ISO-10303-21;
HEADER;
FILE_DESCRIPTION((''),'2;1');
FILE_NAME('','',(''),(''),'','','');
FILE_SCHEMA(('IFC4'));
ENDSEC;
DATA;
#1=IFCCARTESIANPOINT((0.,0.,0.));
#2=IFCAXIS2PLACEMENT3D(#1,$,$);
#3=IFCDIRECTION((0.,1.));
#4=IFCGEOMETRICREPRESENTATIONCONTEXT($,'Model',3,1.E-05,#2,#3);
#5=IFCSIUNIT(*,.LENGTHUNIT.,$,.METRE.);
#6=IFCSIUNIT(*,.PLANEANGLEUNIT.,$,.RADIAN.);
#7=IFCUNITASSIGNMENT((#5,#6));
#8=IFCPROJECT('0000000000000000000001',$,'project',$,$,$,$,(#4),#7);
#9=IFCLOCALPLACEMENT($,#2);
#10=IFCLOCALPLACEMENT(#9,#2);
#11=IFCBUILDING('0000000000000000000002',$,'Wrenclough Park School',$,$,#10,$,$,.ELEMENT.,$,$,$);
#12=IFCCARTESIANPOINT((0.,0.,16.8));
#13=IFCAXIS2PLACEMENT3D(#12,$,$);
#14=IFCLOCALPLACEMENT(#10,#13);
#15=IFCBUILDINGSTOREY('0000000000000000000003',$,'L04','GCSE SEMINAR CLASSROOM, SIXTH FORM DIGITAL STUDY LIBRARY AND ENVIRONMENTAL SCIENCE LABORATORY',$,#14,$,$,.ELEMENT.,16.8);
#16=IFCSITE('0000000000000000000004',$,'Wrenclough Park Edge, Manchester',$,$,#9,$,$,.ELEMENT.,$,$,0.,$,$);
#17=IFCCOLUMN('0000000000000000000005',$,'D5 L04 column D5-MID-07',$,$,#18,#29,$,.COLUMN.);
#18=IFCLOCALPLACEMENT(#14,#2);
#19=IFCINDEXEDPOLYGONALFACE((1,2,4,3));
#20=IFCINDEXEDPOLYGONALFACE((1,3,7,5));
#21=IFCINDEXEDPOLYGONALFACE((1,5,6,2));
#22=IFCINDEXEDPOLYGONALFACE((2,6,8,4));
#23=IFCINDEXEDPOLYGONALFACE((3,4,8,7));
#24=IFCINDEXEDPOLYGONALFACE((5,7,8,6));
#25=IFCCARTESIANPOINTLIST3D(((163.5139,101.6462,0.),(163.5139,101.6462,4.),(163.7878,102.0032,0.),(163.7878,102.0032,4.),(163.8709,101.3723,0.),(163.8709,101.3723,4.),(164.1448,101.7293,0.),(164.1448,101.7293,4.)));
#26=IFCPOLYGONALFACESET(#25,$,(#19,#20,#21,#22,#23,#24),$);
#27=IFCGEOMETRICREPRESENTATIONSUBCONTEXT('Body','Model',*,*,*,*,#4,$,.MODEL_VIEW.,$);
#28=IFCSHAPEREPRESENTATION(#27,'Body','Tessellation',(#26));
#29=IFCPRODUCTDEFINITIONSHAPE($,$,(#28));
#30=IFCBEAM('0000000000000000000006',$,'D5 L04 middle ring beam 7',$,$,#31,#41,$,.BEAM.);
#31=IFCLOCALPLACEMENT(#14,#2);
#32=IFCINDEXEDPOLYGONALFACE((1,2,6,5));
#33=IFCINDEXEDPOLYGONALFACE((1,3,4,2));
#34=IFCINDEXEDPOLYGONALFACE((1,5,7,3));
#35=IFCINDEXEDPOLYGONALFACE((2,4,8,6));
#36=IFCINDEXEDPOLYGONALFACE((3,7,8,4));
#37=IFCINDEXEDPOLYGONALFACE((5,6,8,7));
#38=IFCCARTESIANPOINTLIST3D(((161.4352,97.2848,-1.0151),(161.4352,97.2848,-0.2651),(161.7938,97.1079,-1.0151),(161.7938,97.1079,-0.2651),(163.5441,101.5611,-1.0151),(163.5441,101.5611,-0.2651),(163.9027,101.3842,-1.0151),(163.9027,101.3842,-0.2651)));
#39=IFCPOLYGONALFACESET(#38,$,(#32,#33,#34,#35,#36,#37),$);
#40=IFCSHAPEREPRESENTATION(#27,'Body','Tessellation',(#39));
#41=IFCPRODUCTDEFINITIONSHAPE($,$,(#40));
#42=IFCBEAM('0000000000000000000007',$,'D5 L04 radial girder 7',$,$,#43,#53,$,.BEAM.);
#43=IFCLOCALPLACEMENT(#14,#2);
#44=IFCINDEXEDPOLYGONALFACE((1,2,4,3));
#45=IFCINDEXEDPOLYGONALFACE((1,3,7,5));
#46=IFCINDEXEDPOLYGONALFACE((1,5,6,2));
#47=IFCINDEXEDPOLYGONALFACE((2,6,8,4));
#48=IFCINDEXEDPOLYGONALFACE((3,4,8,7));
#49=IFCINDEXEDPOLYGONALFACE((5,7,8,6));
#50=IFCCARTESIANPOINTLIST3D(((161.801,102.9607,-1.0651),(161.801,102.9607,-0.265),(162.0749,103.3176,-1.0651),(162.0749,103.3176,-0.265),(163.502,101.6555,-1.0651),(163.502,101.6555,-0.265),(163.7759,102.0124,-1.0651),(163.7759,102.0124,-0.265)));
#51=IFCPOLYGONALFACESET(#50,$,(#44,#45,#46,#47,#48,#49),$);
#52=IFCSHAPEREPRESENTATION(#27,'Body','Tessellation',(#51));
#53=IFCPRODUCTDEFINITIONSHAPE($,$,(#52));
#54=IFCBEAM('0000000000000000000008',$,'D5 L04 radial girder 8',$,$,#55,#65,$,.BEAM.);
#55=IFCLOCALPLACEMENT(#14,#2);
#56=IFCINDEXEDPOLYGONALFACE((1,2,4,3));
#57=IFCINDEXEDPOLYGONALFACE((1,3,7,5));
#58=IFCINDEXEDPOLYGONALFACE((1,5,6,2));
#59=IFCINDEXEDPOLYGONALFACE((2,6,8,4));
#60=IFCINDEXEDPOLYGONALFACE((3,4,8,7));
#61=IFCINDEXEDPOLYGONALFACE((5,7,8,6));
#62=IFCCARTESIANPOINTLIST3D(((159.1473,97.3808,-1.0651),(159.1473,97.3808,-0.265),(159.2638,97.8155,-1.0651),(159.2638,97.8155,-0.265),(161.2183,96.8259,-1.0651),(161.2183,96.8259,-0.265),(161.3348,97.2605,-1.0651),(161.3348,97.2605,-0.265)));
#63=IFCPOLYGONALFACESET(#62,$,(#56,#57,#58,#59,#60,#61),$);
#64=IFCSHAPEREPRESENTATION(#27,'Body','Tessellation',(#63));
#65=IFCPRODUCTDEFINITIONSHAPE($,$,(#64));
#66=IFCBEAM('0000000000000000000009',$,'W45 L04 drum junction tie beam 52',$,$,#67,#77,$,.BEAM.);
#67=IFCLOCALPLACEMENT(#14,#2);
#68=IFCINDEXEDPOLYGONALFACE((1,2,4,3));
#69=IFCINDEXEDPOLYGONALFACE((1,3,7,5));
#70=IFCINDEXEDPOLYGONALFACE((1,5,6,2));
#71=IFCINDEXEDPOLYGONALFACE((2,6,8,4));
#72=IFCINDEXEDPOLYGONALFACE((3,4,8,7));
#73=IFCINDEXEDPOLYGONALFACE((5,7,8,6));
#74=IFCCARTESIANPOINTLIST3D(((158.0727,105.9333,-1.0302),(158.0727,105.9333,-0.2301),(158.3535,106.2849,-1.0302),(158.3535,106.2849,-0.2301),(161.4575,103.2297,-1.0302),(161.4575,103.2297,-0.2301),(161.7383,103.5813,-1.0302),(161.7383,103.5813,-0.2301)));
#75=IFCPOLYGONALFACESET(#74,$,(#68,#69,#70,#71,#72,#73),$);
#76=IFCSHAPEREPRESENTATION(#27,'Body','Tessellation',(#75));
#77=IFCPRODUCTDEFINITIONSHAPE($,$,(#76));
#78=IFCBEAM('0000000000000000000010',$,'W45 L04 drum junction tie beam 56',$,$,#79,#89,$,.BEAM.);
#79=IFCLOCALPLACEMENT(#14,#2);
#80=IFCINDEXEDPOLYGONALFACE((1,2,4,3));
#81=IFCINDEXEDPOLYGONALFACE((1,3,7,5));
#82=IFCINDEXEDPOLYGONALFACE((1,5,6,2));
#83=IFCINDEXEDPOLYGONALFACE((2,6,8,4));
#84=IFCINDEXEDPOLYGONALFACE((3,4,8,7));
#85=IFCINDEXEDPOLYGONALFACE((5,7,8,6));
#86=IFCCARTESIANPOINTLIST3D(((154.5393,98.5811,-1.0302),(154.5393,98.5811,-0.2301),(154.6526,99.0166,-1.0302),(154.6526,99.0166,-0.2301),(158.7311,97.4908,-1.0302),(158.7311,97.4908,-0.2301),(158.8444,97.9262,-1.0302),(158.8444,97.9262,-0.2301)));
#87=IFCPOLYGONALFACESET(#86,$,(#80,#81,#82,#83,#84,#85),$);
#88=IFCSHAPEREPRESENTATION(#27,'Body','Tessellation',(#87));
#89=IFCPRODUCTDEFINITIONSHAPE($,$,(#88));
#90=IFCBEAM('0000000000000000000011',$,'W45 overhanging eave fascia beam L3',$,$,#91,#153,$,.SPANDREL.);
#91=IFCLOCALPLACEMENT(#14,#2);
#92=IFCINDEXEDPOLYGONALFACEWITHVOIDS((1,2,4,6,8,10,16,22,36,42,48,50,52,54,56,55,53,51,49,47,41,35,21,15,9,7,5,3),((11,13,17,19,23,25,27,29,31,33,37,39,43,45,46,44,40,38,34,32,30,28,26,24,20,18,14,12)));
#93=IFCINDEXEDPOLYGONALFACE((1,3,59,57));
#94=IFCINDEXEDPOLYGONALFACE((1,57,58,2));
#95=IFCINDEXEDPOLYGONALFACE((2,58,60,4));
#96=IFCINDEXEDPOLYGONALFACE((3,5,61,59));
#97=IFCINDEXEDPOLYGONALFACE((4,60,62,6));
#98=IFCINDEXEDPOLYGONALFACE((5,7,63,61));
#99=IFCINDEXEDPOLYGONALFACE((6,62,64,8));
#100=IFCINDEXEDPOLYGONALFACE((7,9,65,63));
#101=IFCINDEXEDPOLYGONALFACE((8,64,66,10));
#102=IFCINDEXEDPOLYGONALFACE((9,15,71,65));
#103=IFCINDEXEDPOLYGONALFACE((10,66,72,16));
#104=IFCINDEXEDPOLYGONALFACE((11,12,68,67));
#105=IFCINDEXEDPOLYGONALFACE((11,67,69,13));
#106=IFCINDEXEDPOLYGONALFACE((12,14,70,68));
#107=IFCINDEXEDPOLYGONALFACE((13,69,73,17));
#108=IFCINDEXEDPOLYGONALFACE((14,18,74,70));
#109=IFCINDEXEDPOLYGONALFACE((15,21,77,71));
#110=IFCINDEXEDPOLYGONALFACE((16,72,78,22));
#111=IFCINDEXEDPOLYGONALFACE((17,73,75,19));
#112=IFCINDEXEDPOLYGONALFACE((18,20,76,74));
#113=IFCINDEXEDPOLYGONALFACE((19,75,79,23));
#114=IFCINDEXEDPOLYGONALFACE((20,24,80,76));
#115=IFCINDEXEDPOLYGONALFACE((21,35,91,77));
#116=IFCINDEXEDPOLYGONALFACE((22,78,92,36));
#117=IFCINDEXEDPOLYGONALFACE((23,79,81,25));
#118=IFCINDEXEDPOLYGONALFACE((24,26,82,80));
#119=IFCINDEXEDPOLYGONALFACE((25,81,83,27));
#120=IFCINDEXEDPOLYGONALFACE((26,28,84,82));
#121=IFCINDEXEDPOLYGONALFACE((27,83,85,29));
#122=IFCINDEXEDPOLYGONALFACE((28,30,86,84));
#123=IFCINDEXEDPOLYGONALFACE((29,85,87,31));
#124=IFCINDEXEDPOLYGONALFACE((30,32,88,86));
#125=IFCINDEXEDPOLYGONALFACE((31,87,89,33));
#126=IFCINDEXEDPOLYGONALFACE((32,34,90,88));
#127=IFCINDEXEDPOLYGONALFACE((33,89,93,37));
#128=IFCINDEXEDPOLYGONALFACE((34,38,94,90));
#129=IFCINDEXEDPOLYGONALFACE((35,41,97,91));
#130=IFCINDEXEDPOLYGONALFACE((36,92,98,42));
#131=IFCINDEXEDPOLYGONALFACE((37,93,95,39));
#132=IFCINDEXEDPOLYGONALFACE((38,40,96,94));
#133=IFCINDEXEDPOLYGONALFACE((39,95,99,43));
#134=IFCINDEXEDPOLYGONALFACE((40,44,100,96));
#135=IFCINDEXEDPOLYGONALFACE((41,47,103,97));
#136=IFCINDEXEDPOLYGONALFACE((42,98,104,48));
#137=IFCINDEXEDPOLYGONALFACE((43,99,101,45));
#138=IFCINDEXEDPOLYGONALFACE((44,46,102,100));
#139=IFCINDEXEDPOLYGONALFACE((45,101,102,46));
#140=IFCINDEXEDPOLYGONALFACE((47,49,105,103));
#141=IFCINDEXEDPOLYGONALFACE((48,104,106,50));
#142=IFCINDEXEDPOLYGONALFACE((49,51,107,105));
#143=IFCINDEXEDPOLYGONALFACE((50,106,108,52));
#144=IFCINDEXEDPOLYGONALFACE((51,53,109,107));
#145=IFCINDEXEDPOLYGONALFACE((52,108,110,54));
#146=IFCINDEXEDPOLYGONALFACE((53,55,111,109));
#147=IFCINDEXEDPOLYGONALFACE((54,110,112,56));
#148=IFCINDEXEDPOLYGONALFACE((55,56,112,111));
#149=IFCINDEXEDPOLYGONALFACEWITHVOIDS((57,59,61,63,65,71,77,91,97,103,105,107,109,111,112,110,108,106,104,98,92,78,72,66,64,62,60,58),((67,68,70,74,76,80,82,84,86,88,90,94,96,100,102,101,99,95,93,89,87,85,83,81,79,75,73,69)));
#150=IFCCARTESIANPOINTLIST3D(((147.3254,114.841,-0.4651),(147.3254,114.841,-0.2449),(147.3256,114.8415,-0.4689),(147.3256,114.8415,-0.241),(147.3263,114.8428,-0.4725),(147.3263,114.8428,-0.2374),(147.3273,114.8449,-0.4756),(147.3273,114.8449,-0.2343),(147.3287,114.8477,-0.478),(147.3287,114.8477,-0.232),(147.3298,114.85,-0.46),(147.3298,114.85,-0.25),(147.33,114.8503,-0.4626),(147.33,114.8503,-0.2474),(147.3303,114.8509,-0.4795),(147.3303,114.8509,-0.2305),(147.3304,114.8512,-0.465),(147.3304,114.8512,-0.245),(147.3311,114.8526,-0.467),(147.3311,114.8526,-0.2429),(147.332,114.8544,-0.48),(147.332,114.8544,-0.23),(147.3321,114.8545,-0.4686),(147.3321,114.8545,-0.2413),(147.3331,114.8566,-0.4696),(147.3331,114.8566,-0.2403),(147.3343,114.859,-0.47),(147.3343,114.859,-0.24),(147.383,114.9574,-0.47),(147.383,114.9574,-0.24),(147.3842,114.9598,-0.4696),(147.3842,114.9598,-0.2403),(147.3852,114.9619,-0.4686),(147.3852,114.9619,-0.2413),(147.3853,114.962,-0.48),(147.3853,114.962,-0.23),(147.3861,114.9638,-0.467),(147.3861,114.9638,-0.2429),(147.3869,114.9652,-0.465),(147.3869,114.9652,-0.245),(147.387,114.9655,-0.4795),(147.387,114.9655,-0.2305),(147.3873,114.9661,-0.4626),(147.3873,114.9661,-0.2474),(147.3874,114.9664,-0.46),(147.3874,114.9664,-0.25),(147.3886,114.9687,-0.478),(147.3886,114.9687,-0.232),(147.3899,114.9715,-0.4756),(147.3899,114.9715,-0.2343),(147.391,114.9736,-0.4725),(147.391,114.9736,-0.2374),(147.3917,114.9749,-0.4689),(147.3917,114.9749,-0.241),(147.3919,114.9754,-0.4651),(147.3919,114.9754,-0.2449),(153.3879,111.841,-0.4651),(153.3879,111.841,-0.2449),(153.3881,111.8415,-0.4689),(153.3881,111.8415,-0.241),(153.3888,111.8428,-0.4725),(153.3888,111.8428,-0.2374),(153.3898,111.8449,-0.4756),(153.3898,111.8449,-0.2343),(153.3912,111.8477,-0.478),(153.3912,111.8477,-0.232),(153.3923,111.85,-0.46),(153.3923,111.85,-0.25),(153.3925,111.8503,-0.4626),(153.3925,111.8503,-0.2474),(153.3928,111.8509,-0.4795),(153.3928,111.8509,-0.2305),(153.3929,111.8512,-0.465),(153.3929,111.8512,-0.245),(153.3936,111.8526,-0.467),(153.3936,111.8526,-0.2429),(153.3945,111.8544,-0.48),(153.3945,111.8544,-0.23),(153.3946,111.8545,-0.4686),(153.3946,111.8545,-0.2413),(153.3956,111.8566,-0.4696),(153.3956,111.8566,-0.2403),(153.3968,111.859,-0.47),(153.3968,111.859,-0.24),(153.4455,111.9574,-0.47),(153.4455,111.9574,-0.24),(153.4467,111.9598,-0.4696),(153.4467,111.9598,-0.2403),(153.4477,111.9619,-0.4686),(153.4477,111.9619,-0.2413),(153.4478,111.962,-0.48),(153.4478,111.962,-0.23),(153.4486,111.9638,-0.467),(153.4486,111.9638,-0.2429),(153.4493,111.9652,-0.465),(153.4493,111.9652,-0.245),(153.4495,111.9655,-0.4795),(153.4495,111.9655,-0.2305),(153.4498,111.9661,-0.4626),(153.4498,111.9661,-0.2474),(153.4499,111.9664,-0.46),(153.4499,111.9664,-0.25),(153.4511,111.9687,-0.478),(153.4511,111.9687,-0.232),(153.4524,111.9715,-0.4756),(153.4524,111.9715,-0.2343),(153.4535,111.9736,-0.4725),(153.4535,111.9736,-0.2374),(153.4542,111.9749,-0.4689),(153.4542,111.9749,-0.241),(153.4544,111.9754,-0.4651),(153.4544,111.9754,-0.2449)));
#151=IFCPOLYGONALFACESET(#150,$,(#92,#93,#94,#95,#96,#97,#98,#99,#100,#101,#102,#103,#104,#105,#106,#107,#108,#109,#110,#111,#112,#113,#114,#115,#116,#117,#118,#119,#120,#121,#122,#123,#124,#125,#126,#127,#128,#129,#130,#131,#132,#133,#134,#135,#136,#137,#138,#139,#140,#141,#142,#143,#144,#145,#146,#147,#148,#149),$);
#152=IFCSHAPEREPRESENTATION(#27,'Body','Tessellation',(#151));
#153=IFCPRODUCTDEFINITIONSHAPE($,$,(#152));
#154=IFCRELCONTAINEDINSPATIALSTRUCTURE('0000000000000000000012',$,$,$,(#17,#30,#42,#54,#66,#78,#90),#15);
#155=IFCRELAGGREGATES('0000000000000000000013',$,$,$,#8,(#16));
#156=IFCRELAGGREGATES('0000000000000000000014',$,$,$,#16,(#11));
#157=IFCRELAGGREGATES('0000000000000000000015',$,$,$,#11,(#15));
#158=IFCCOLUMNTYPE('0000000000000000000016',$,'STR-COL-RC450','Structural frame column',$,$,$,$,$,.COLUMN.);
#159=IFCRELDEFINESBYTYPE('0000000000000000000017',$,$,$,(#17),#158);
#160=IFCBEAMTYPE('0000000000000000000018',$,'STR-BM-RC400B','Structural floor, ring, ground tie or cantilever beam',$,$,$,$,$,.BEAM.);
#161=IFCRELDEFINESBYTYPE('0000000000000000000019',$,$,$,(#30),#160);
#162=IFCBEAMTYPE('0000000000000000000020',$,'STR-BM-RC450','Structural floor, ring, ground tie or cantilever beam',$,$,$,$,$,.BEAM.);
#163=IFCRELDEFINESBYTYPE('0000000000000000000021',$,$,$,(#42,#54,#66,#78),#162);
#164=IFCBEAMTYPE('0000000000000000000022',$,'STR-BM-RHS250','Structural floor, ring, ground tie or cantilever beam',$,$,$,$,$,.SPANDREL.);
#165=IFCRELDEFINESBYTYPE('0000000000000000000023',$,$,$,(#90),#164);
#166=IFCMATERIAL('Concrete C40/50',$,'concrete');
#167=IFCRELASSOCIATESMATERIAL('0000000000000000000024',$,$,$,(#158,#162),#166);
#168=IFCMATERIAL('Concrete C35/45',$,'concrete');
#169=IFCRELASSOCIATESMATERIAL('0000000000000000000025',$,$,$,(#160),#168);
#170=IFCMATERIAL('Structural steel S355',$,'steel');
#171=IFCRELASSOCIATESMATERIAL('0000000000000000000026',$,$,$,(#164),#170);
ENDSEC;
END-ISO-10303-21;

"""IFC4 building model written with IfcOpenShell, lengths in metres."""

from ifc_helpers import new_model, si_unit, direction, frame, origin, origin_2d, place, context, subcontext, project, spatial, rectangle, hollow_rectangle, extrude, material, material_profile, profile_set, type_object, element, save


model = new_model("IFC4")

# Units and contexts
model_context = context("Model", 3, precision=1e-05, world=origin(), true_north=direction((0.0, 1.0)))
body_context = subcontext(model_context, "Body", "Model", "MODEL_VIEW")
ifc_project = project(units=[si_unit("LENGTHUNIT", "METRE"), si_unit("PLANEANGLEUNIT", "RADIAN")], contexts=[model_context])

# Site, building, storey
site_placement = place(None, origin())
site = spatial("IfcSite", under=ifc_project, at=site_placement, Name="Wrenclough Park Edge, Manchester", CompositionType="ELEMENT", RefElevation=0.0)
building_placement = place(site_placement, origin())
building = spatial("IfcBuilding", under=site, at=building_placement, Name="Wrenclough Park School", CompositionType="ELEMENT")
storey_placement = place(building_placement, frame((0.0, 0.0, 16.8)))
storey = spatial("IfcBuildingStorey", under=building, at=storey_placement, Name="L04", Description="GCSE SEMINAR CLASSROOM, SIXTH FORM DIGITAL STUDY LIBRARY AND ENVIRONMENTAL SCIENCE LABORATORY", CompositionType="ELEMENT", Elevation=16.8)

# Column
ifc_material_1 = material(Name="Concrete C40/50", Category="concrete")
ifc_material_profile_1 = material_profile(ifc_material_1, rectangle(XDim=0.45, YDim=0.45, at=origin_2d()), Name="RC COL 450x450")
ifc_profile_set_1 = profile_set([ifc_material_profile_1], Name="Concrete C40/50")
column_type = type_object("IfcColumnType", Name="STR-COL-RC450", Description="Structural frame column", PredefinedType="COLUMN", material=ifc_profile_set_1)
column_placement = place(storey_placement, frame((163.8293, 101.6877, 0.0), z_axis=(0.0, 0.0, 1.0), x_axis=(-0.608761, -0.793353, 0.0)))
element("IfcColumn", 1, at=column_placement, inside=storey, type_object=column_type, Name="D5 L04 column D5-MID-07", PredefinedType="COLUMN", context=body_context, shape_type="SweptSolid", body=[
    extrude(rectangle(XDim=0.45, YDim=0.45, at=origin_2d()), origin(), (0.0, 0.0, 1.0), 4.0),
])

# Beams
ifc_material_2 = material(Name="Concrete C35/45", Category="concrete")
ifc_material_profile_2 = material_profile(ifc_material_2, rectangle(XDim=0.3999, YDim=0.75, at=origin_2d()), Name="RC BEAM 400x750")
ifc_profile_set_2 = profile_set([ifc_material_profile_2], Name="Concrete C35/45")
beam_type_1 = type_object("IfcBeamType", Name="STR-BM-RC400B", Description="Structural floor, ring, ground tie or cantilever beam", PredefinedType="BEAM", material=ifc_profile_set_2)
beam_1_placement = place(storey_placement, frame((163.7234, 101.4727, -0.6401), z_axis=(-0.442291, -0.896871, 0.0), x_axis=(0.896871, -0.442291, 0.0)))
element("IfcBeam", 2, at=beam_1_placement, inside=storey, type_object=beam_type_1, Name="D5 L04 middle ring beam 7", PredefinedType="BEAM", context=body_context, shape_type="SweptSolid", body=[
    extrude(rectangle(XDim=0.3999, YDim=0.75, at=origin_2d()), origin(), (0.0, 0.0, 1.0), 4.7681),
])
ifc_material_profile_3 = material_profile(ifc_material_1, rectangle(XDim=0.45, YDim=0.8, at=origin_2d()), Name="RC BEAM 450x800")
ifc_profile_set_3 = profile_set([ifc_material_profile_3], Name="Concrete C40/50")
beam_type_2 = type_object("IfcBeamType", Name="STR-BM-RC450", Description="Structural floor, ring, ground tie or cantilever beam", PredefinedType="BEAM", material=ifc_profile_set_3)
for number, where, z_axis, x_axis, name in (
    (3, (161.938, 103.1392, -0.665), (0.793352, -0.608764, 0.0), (0.608764, 0.793352, 0.0), "D5 L04 radial girder 7"),
    (4, (159.2056, 97.5981, -0.665), (0.965926, -0.258818, 0.0), (0.258818, 0.965926, 0.0), "D5 L04 radial girder 8"),
):
    element("IfcBeam", number, at=place(storey_placement, frame(where, z_axis=z_axis, x_axis=x_axis)), inside=storey, type_object=beam_type_2, Name=name, PredefinedType="BEAM", context=body_context, shape_type="SweptSolid", body=[
        extrude(rectangle(XDim=0.45, YDim=0.8, at=origin_2d()), origin(), (0.0, 0.0, 1.0), 2.144),
    ])
beam_2_placement = place(storey_placement, frame((158.2131, 106.1091, -0.6301), z_axis=(0.781341, -0.624104, 0.0), x_axis=(0.624104, 0.781341, 0.0)))
element("IfcBeam", 5, at=beam_2_placement, inside=storey, type_object=beam_type_2, Name="W45 L04 drum junction tie beam 52", PredefinedType="BEAM", context=body_context, shape_type="SweptSolid", body=[
    extrude(rectangle(XDim=0.45, YDim=0.8, at=origin_2d()), origin(), (0.0, 0.0, 1.0), 4.332),
])
beam_3_placement = place(storey_placement, frame((154.5959, 98.7988, -0.6301), z_axis=(0.967798, -0.251729, 0.0), x_axis=(0.251729, 0.967798, 0.0)))
element("IfcBeam", 6, at=beam_3_placement, inside=storey, type_object=beam_type_2, Name="W45 L04 drum junction tie beam 56", PredefinedType="BEAM", context=body_context, shape_type="SweptSolid", body=[
    extrude(rectangle(XDim=0.45, YDim=0.8, at=origin_2d()), origin(), (0.0, 0.0, 1.0), 4.3313),
])
ifc_material_3 = material(Name="Structural steel S355", Category="steel")
ifc_material_profile_4 = material_profile(ifc_material_3, hollow_rectangle(XDim=0.1499, YDim=0.25, WallThickness=0.01, InnerFilletRadius=0.01, OuterFilletRadius=0.0149, at=origin_2d()), Name="RHS 250x150x10.0")
ifc_profile_set_4 = profile_set([ifc_material_profile_4], Name="Structural steel S355")
beam_type_3 = type_object("IfcBeamType", Name="STR-BM-RHS250", Description="Structural floor, ring, ground tie or cantilever beam", PredefinedType="SPANDREL", material=ifc_profile_set_4)
for number, where, z_axis, x_axis, name in (
    (7, (147.3586, 114.9082, -0.355), (0.896268, -0.443514, 0.0), (0.443514, 0.896268, 0.0), "W45 overhanging eave fascia beam L3"),
):
    element("IfcBeam", number, at=place(storey_placement, frame(where, z_axis=z_axis, x_axis=x_axis)), inside=storey, type_object=beam_type_3, Name=name, PredefinedType="SPANDREL", context=body_context, shape_type="SweptSolid", body=[
        extrude(hollow_rectangle(XDim=0.1499, YDim=0.25, WallThickness=0.01, InnerFilletRadius=0.01, OuterFilletRadius=0.0149, at=origin_2d()), origin(), (0.0, 0.0, 1.0), 6.7642),
    ])

save(model, "model.ifc")
